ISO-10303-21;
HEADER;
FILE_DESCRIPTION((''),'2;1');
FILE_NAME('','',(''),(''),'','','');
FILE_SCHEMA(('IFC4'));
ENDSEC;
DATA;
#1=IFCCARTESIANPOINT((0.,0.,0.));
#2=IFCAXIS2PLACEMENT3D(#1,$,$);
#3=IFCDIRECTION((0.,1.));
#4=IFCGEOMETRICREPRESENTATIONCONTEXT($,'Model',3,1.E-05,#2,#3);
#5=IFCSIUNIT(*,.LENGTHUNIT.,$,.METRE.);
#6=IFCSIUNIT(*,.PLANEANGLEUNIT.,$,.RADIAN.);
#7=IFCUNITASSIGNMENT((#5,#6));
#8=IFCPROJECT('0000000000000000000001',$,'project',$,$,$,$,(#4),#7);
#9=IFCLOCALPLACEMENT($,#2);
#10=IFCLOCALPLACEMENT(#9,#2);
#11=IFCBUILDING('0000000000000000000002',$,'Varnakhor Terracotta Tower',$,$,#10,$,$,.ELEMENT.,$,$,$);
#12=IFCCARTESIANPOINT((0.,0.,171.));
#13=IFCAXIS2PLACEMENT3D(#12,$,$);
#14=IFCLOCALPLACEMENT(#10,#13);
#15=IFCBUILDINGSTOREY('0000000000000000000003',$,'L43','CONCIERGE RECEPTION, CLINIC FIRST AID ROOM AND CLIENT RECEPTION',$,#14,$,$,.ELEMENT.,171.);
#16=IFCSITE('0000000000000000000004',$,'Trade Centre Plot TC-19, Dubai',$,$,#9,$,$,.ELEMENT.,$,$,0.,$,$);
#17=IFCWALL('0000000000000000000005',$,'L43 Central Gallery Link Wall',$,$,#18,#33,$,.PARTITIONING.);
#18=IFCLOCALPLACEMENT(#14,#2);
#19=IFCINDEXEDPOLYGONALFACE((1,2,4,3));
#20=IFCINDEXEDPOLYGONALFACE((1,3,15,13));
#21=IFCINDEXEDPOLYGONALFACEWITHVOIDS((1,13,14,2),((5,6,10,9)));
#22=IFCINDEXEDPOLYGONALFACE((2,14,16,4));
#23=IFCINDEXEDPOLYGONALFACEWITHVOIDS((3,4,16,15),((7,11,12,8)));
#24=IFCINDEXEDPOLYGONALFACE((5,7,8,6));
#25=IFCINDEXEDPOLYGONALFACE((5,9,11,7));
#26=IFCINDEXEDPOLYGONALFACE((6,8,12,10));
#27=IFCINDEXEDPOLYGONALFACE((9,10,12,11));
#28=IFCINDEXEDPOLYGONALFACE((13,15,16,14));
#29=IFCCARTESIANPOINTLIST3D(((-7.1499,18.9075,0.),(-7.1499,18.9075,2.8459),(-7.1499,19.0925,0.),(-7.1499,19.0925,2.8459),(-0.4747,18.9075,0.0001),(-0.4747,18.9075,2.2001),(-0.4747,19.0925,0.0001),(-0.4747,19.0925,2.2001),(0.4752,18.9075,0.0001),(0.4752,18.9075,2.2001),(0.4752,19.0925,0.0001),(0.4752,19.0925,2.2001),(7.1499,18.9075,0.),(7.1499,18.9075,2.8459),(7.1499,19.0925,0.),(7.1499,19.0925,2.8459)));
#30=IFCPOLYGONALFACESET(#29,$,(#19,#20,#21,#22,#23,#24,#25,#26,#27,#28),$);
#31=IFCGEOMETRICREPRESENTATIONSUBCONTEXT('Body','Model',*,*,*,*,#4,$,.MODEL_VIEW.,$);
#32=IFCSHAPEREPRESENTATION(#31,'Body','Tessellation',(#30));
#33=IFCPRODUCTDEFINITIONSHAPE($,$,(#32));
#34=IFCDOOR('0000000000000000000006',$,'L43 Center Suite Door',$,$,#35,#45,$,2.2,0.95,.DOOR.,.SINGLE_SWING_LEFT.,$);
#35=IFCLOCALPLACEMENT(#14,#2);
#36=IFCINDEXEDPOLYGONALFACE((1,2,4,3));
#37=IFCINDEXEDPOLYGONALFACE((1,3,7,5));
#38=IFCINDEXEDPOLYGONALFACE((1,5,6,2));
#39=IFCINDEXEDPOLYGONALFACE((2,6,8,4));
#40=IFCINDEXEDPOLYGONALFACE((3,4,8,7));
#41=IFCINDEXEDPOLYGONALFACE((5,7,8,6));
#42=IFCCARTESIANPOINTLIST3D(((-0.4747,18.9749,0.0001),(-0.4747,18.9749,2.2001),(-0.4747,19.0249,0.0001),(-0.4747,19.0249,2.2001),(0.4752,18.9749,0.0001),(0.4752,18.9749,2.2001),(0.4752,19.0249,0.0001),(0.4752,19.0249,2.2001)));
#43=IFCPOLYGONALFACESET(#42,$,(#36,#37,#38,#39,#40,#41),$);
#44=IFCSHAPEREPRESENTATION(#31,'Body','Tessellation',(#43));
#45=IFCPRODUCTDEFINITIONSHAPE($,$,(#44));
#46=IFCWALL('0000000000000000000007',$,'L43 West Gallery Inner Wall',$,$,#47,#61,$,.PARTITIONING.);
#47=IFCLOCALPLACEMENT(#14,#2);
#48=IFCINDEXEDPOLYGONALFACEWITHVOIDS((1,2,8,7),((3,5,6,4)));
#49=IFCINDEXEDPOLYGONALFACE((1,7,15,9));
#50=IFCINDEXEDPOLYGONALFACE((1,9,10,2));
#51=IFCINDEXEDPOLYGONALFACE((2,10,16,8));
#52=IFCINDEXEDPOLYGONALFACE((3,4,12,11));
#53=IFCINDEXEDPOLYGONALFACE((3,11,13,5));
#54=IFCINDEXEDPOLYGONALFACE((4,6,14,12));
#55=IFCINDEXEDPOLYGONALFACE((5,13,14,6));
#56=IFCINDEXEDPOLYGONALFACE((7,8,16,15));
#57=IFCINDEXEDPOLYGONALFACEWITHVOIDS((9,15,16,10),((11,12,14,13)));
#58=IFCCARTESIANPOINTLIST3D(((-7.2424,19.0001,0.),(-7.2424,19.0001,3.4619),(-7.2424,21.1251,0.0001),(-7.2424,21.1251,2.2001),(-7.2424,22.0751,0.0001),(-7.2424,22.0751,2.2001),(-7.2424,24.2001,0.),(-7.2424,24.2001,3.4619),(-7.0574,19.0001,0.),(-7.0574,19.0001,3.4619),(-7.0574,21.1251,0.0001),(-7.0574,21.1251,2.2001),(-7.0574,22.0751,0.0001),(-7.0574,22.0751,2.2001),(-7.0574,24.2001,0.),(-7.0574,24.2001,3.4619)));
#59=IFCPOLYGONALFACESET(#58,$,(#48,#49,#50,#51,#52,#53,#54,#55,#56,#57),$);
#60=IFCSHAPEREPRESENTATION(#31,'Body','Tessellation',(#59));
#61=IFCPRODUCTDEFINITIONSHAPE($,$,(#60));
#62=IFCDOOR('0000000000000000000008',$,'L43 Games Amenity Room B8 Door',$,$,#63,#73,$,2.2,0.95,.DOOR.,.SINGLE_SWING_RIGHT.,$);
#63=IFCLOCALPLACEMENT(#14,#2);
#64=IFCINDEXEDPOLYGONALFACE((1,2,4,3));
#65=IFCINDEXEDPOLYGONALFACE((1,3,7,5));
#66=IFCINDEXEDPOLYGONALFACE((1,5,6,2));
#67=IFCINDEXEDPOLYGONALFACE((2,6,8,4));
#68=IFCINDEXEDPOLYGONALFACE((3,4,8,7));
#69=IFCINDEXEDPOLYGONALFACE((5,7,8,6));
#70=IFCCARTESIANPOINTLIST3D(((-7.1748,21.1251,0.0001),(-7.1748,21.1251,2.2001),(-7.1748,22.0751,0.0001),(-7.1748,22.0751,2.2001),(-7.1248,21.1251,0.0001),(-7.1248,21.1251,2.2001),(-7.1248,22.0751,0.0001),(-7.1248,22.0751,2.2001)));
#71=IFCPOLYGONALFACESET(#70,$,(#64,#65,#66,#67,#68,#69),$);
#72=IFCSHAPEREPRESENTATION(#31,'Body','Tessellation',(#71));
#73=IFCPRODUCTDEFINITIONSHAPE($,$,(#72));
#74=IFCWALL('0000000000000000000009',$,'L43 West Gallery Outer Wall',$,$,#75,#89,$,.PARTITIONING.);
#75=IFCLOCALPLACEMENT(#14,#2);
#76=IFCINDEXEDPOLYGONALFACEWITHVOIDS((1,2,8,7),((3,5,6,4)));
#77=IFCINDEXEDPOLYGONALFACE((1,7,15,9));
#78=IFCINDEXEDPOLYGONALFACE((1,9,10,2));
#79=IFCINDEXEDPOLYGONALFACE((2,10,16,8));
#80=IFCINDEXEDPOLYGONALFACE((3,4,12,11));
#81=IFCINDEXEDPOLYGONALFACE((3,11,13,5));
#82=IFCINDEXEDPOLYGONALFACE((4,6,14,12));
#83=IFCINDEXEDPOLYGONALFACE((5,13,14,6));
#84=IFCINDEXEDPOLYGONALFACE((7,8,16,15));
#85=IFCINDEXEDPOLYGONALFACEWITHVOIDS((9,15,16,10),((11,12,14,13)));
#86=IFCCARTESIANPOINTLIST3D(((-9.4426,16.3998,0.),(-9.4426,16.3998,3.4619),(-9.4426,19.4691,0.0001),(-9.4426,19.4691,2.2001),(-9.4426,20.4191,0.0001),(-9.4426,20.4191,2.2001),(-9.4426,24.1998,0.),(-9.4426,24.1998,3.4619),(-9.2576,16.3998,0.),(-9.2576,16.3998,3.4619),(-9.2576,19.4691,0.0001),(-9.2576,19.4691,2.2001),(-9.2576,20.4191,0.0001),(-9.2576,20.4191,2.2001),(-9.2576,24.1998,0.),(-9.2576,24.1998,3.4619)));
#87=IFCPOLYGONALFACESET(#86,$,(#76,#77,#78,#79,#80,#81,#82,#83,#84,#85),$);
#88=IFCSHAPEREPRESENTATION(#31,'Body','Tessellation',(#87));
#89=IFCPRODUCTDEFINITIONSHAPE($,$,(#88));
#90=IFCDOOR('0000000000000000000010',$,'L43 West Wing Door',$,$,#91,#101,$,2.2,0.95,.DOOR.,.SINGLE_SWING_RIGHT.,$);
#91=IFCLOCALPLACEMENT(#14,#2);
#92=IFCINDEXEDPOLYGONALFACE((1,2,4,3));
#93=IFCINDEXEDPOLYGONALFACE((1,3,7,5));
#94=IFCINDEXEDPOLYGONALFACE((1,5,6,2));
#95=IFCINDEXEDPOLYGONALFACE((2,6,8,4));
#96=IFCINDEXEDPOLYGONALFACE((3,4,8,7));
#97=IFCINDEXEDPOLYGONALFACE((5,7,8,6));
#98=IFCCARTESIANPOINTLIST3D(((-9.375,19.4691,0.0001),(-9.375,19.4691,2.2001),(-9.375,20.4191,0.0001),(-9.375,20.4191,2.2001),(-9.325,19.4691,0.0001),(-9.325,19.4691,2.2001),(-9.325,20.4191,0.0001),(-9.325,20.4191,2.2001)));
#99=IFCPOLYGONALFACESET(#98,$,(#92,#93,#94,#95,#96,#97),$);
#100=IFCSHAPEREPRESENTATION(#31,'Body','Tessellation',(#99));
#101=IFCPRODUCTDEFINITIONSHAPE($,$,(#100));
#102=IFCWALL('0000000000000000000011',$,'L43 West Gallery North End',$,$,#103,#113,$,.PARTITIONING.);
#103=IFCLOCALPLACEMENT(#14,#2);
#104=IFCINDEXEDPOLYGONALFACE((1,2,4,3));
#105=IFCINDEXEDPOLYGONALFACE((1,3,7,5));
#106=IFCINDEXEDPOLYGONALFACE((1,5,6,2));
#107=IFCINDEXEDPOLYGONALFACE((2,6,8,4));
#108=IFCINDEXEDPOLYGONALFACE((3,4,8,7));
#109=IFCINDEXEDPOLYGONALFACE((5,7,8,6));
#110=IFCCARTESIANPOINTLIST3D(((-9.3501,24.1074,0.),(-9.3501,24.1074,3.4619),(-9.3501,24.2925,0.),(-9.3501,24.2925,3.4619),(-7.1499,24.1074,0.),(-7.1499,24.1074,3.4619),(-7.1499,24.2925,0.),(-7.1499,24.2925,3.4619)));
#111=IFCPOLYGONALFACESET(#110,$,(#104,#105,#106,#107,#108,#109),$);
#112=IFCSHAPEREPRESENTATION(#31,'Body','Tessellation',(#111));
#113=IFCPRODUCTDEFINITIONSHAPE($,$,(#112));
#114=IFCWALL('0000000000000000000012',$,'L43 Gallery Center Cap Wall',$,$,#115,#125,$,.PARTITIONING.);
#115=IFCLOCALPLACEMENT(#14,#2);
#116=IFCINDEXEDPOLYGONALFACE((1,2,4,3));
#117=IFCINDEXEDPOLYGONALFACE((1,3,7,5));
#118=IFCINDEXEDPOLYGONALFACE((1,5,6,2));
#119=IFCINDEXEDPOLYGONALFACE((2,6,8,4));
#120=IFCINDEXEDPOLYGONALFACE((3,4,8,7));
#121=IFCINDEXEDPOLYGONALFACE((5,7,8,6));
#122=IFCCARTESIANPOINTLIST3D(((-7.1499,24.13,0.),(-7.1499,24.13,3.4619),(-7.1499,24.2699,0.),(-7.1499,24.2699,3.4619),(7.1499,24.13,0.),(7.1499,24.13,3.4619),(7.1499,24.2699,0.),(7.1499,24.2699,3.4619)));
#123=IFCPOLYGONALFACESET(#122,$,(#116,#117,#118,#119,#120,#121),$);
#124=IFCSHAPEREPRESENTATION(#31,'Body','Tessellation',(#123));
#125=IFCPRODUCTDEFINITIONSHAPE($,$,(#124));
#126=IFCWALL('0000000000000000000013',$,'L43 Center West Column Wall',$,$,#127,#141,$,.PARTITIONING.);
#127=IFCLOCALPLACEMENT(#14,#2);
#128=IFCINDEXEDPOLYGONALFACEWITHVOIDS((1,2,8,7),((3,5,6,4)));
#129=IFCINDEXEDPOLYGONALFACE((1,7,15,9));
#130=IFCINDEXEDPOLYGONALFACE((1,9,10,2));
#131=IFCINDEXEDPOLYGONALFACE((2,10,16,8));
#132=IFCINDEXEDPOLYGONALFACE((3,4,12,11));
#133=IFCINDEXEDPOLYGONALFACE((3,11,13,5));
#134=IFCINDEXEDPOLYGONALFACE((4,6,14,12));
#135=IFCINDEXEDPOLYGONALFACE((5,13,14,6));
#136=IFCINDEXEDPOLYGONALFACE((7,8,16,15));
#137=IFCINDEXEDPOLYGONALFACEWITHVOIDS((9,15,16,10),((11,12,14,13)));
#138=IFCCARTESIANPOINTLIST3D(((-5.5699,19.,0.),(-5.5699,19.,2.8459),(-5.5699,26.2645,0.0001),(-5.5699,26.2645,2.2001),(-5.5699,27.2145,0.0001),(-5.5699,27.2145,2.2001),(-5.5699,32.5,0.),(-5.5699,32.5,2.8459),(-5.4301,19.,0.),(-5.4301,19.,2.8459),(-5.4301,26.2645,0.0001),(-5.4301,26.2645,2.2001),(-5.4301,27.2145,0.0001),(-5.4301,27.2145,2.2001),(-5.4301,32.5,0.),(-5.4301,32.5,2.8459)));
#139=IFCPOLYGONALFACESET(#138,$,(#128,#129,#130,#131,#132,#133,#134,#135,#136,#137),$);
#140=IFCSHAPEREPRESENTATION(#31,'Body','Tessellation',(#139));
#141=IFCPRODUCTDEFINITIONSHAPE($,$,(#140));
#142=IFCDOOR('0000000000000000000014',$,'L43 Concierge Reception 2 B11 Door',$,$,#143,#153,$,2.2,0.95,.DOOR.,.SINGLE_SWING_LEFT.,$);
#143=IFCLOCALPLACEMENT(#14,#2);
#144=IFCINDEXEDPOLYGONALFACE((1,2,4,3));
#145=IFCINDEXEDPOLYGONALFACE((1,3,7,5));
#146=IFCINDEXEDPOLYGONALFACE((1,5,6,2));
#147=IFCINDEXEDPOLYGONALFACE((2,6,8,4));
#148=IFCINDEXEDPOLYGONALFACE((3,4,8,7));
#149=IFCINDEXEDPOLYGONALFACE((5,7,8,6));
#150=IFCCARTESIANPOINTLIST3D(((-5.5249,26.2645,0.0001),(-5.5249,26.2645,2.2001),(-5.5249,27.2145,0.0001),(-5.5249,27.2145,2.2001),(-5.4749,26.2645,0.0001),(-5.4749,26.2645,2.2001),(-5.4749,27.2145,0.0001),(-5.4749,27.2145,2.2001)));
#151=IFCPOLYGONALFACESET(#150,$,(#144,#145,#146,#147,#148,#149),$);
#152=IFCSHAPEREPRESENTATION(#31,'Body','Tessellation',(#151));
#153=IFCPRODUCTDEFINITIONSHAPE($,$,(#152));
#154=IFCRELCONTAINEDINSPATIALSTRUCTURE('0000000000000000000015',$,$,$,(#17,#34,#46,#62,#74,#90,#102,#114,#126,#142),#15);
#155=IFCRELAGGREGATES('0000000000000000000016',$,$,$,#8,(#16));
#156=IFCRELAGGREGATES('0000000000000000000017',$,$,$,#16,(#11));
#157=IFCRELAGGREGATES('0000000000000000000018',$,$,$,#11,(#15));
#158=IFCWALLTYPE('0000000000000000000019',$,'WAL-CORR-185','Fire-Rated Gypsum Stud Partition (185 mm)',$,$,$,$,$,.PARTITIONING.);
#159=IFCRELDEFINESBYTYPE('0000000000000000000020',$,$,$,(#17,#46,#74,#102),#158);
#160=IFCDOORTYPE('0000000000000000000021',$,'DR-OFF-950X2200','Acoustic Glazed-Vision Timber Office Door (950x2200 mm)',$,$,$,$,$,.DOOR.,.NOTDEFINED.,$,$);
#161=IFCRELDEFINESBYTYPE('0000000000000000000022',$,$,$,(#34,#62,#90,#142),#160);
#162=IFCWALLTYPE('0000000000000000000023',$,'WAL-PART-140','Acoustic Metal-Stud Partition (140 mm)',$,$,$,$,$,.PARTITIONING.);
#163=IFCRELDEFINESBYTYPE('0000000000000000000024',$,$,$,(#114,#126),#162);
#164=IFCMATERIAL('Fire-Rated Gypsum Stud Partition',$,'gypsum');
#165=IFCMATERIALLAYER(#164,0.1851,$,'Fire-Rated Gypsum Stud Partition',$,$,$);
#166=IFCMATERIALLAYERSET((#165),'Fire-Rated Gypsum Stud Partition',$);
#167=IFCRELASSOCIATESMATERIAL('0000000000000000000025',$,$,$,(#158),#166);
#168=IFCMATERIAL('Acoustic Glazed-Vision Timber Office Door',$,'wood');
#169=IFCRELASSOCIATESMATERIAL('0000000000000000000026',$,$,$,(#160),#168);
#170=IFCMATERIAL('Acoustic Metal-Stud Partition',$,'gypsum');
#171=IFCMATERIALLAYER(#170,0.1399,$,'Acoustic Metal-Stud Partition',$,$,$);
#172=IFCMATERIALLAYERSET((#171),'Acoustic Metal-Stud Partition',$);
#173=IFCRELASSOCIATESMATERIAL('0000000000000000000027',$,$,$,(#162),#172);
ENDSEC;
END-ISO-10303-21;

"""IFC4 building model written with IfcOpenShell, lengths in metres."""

from ifc_helpers import new_model, si_unit, direction, frame, frame_2d, origin, place, context, subcontext, project, spatial, rectangle, extrude, source, transform, mapped, material, layer, layer_set, type_object, type_shapes, element, fill, save


model = new_model("IFC4")

# Units and contexts
model_context = context("Model", 3, precision=1e-05, world=origin(), true_north=direction((0.0, 1.0)))
body_context = subcontext(model_context, "Body", "Model", "MODEL_VIEW")
ifc_project = project(units=[si_unit("LENGTHUNIT", "METRE"), si_unit("PLANEANGLEUNIT", "RADIAN")], contexts=[model_context])

# Site, building, storey
site_placement = place(None, origin())
site = spatial("IfcSite", under=ifc_project, at=site_placement, Name="Trade Centre Plot TC-19, Dubai", CompositionType="ELEMENT", RefElevation=0.0)
building_placement = place(site_placement, origin())
building = spatial("IfcBuilding", under=site, at=building_placement, Name="Varnakhor Terracotta Tower", CompositionType="ELEMENT")
storey_placement = place(building_placement, frame((0.0, 0.0, 171.0)))
storey = spatial("IfcBuildingStorey", under=building, at=storey_placement, Name="L43", Description="CONCIERGE RECEPTION, CLINIC FIRST AID ROOM AND CLIENT RECEPTION", CompositionType="ELEMENT", Elevation=171.0)

# Walls, openings, doors
ifc_material_1 = material(Name="Fire-Rated Gypsum Stud Partition", Category="gypsum")
ifc_layer_1 = layer(ifc_material_1, 0.1851, Name="Fire-Rated Gypsum Stud Partition")
ifc_layer_set_1 = layer_set([ifc_layer_1], Name="Fire-Rated Gypsum Stud Partition")
wall_type_1 = type_object("IfcWallType", Name="WAL-CORR-185", Description="Fire-Rated Gypsum Stud Partition (185 mm)", PredefinedType="PARTITIONING", material=ifc_layer_set_1)
wall_1_placement = place(storey_placement, frame((-7.1499, 19.0, 0.0), z_axis=(0.0, 0.0, 1.0), x_axis=(1.0, 0.0, 0.0)))
wall_1 = element("IfcWall", 1, at=wall_1_placement, inside=storey, type_object=wall_type_1, Name="L43 Central Gallery Link Wall", PredefinedType="PARTITIONING", context=body_context, shape_type="SweptSolid", body=[
    extrude(rectangle(XDim=14.2998, YDim=0.1851, at=frame_2d((7.1499, 0.0))), origin(), (0.0, 0.0, 1.0), 2.8459),
])
opening_1_placement = place(wall_1_placement, frame((6.675, 0.0, 0.0)))
opening_1 = element("IfcOpeningElement", 2, at=opening_1_placement, cuts=wall_1, PredefinedType="OPENING", context=body_context, shape_type="SweptSolid", body=[
    extrude(rectangle(XDim=0.95, YDim=2.2, at=frame_2d((0.4751, 1.1001))), frame((0.0, 0.1025, 0.0), z_axis=(0.0, -1.0, 0.0), x_axis=(1.0, 0.0, 0.0)), (0.0, 0.0, 1.0), 0.2051),
])
ifc_material_2 = material(Name="Acoustic Glazed-Vision Timber Office Door", Category="wood")
door_type_1 = type_object("IfcDoorType", Name="DR-OFF-950X2200", Description="Acoustic Glazed-Vision Timber Office Door (950x2200 mm)", OperationType="NOTDEFINED", PredefinedType="DOOR", material=ifc_material_2)
shared_shape_1 = source(origin(), body_context, "Body", "SweptSolid", [
    extrude(rectangle(XDim=0.95, YDim=2.2, at=frame_2d((0.4751, 1.1001))), frame((0.0, 0.0249, 0.0), z_axis=(0.0, -1.0, 0.0), x_axis=(1.0, 0.0, 0.0)), (0.0, 0.0, 1.0), 0.05),
])
type_shapes(door_type_1, [shared_shape_1])
door_1_placement = place(opening_1_placement, origin())
door_1 = element("IfcDoor", 3, at=door_1_placement, inside=storey, type_object=door_type_1, Name="L43 Center Suite Door", OperationType="SINGLE_SWING_LEFT", OverallHeight=2.2, OverallWidth=0.95, PredefinedType="DOOR", context=body_context, shape_type="MappedRepresentation", body=[
    mapped(shared_shape_1, transform((0.0, 0.0, 0.0), scale=1.0)),
])
fill(opening_1, door_1)
wall_2_placement = place(storey_placement, frame((-7.1499, 19.0, 0.0), z_axis=(0.0, 0.0, 1.0), x_axis=(0.0, 1.0, 0.0)))
wall_2 = element("IfcWall", 4, at=wall_2_placement, inside=storey, type_object=wall_type_1, Name="L43 West Gallery Inner Wall", PredefinedType="PARTITIONING", context=body_context, shape_type="SweptSolid", body=[
    extrude(rectangle(XDim=5.2, YDim=0.1851, at=frame_2d((2.6001, 0.0))), origin(), (0.0, 0.0, 1.0), 3.4619),
])
opening_2_placement = place(wall_2_placement, frame((2.125, 0.0, 0.0)))
opening_2 = element("IfcOpeningElement", 5, at=opening_2_placement, cuts=wall_2, PredefinedType="OPENING", context=body_context, shape_type="SweptSolid", body=[
    extrude(rectangle(XDim=0.95, YDim=2.2, at=frame_2d((0.4751, 1.1001))), frame((0.0, 0.1025, 0.0), z_axis=(0.0, -1.0, 0.0), x_axis=(1.0, 0.0, 0.0)), (0.0, 0.0, 1.0), 0.2051),
])
door_2_placement = place(opening_2_placement, origin())
door_2 = element("IfcDoor", 6, at=door_2_placement, inside=storey, type_object=door_type_1, Name="L43 Games Amenity Room B8 Door", OperationType="SINGLE_SWING_RIGHT", OverallHeight=2.2, OverallWidth=0.95, PredefinedType="DOOR", context=body_context, shape_type="MappedRepresentation", body=[
    mapped(shared_shape_1, transform((0.0, 0.0, 0.0), scale=1.0)),
])
fill(opening_2, door_2)
wall_3_placement = place(storey_placement, frame((-9.3501, 16.3999, 0.0), z_axis=(0.0, 0.0, 1.0), x_axis=(0.0, 1.0, 0.0)))
wall_3 = element("IfcWall", 7, at=wall_3_placement, inside=storey, type_object=wall_type_1, Name="L43 West Gallery Outer Wall", PredefinedType="PARTITIONING", context=body_context, shape_type="SweptSolid", body=[
    extrude(rectangle(XDim=7.8, YDim=0.1851, at=frame_2d((3.8999, 0.0))), origin(), (0.0, 0.0, 1.0), 3.4619),
])
opening_3_placement = place(wall_3_placement, frame((3.0691, 0.0, 0.0)))
opening_3 = element("IfcOpeningElement", 8, at=opening_3_placement, cuts=wall_3, PredefinedType="OPENING", context=body_context, shape_type="SweptSolid", body=[
    extrude(rectangle(XDim=0.95, YDim=2.2, at=frame_2d((0.4751, 1.1001))), frame((0.0, 0.1025, 0.0), z_axis=(0.0, -1.0, 0.0), x_axis=(1.0, 0.0, 0.0)), (0.0, 0.0, 1.0), 0.2051),
])
door_3_placement = place(opening_3_placement, origin())
door_3 = element("IfcDoor", 9, at=door_3_placement, inside=storey, type_object=door_type_1, Name="L43 West Wing Door", OperationType="SINGLE_SWING_RIGHT", OverallHeight=2.2, OverallWidth=0.95, PredefinedType="DOOR", context=body_context, shape_type="MappedRepresentation", body=[
    mapped(shared_shape_1, transform((0.0, 0.0, 0.0), scale=1.0)),
])
fill(opening_3, door_3)

# Walls
wall_4_placement = place(storey_placement, frame((-9.3501, 24.2, 0.0), z_axis=(0.0, 0.0, 1.0), x_axis=(1.0, 0.0, 0.0)))
element("IfcWall", 10, at=wall_4_placement, inside=storey, type_object=wall_type_1, Name="L43 West Gallery North End", PredefinedType="PARTITIONING", context=body_context, shape_type="SweptSolid", body=[
    extrude(rectangle(XDim=2.2002, YDim=0.1851, at=frame_2d((1.1001, 0.0))), origin(), (0.0, 0.0, 1.0), 3.4619),
])
ifc_material_3 = material(Name="Acoustic Metal-Stud Partition", Category="gypsum")
ifc_layer_2 = layer(ifc_material_3, 0.1399, Name="Acoustic Metal-Stud Partition")
ifc_layer_set_2 = layer_set([ifc_layer_2], Name="Acoustic Metal-Stud Partition")
wall_type_2 = type_object("IfcWallType", Name="WAL-PART-140", Description="Acoustic Metal-Stud Partition (140 mm)", PredefinedType="PARTITIONING", material=ifc_layer_set_2)
wall_5_placement = place(storey_placement, frame((-7.1499, 24.2, 0.0), z_axis=(0.0, 0.0, 1.0), x_axis=(1.0, 0.0, 0.0)))
element("IfcWall", 11, at=wall_5_placement, inside=storey, type_object=wall_type_2, Name="L43 Gallery Center Cap Wall", PredefinedType="PARTITIONING", context=body_context, shape_type="SweptSolid", body=[
    extrude(rectangle(XDim=14.2998, YDim=0.1399, at=frame_2d((7.1499, 0.0))), origin(), (0.0, 0.0, 1.0), 3.4619),
])

# Wall, opening, door
wall_6_placement = place(storey_placement, frame((-5.5, 19.0, 0.0), z_axis=(0.0, 0.0, 1.0), x_axis=(0.0, 1.0, 0.0)))
wall_6 = element("IfcWall", 12, at=wall_6_placement, inside=storey, type_object=wall_type_2, Name="L43 Center West Column Wall", PredefinedType="PARTITIONING", context=body_context, shape_type="SweptSolid", body=[
    extrude(rectangle(XDim=13.5, YDim=0.1399, at=frame_2d((6.75, 0.0))), origin(), (0.0, 0.0, 1.0), 2.8459),
])
opening_4_placement = place(wall_6_placement, frame((7.2644, 0.0, 0.0)))
opening_4 = element("IfcOpeningElement", 13, at=opening_4_placement, cuts=wall_6, PredefinedType="OPENING", context=body_context, shape_type="SweptSolid", body=[
    extrude(rectangle(XDim=0.95, YDim=2.2, at=frame_2d((0.4751, 1.1001))), frame((0.0, 0.0801, 0.0), z_axis=(0.0, -1.0, 0.0), x_axis=(1.0, 0.0, 0.0)), (0.0, 0.0, 1.0), 0.1599),
])
door_4_placement = place(opening_4_placement, origin())
door_4 = element("IfcDoor", 14, at=door_4_placement, inside=storey, type_object=door_type_1, Name="L43 Concierge Reception 2 B11 Door", OperationType="SINGLE_SWING_LEFT", OverallHeight=2.2, OverallWidth=0.95, PredefinedType="DOOR", context=body_context, shape_type="MappedRepresentation", body=[
    mapped(shared_shape_1, transform((0.0, 0.0, 0.0), scale=1.0)),
])
fill(opening_4, door_4)

save(model, "model.ifc")
